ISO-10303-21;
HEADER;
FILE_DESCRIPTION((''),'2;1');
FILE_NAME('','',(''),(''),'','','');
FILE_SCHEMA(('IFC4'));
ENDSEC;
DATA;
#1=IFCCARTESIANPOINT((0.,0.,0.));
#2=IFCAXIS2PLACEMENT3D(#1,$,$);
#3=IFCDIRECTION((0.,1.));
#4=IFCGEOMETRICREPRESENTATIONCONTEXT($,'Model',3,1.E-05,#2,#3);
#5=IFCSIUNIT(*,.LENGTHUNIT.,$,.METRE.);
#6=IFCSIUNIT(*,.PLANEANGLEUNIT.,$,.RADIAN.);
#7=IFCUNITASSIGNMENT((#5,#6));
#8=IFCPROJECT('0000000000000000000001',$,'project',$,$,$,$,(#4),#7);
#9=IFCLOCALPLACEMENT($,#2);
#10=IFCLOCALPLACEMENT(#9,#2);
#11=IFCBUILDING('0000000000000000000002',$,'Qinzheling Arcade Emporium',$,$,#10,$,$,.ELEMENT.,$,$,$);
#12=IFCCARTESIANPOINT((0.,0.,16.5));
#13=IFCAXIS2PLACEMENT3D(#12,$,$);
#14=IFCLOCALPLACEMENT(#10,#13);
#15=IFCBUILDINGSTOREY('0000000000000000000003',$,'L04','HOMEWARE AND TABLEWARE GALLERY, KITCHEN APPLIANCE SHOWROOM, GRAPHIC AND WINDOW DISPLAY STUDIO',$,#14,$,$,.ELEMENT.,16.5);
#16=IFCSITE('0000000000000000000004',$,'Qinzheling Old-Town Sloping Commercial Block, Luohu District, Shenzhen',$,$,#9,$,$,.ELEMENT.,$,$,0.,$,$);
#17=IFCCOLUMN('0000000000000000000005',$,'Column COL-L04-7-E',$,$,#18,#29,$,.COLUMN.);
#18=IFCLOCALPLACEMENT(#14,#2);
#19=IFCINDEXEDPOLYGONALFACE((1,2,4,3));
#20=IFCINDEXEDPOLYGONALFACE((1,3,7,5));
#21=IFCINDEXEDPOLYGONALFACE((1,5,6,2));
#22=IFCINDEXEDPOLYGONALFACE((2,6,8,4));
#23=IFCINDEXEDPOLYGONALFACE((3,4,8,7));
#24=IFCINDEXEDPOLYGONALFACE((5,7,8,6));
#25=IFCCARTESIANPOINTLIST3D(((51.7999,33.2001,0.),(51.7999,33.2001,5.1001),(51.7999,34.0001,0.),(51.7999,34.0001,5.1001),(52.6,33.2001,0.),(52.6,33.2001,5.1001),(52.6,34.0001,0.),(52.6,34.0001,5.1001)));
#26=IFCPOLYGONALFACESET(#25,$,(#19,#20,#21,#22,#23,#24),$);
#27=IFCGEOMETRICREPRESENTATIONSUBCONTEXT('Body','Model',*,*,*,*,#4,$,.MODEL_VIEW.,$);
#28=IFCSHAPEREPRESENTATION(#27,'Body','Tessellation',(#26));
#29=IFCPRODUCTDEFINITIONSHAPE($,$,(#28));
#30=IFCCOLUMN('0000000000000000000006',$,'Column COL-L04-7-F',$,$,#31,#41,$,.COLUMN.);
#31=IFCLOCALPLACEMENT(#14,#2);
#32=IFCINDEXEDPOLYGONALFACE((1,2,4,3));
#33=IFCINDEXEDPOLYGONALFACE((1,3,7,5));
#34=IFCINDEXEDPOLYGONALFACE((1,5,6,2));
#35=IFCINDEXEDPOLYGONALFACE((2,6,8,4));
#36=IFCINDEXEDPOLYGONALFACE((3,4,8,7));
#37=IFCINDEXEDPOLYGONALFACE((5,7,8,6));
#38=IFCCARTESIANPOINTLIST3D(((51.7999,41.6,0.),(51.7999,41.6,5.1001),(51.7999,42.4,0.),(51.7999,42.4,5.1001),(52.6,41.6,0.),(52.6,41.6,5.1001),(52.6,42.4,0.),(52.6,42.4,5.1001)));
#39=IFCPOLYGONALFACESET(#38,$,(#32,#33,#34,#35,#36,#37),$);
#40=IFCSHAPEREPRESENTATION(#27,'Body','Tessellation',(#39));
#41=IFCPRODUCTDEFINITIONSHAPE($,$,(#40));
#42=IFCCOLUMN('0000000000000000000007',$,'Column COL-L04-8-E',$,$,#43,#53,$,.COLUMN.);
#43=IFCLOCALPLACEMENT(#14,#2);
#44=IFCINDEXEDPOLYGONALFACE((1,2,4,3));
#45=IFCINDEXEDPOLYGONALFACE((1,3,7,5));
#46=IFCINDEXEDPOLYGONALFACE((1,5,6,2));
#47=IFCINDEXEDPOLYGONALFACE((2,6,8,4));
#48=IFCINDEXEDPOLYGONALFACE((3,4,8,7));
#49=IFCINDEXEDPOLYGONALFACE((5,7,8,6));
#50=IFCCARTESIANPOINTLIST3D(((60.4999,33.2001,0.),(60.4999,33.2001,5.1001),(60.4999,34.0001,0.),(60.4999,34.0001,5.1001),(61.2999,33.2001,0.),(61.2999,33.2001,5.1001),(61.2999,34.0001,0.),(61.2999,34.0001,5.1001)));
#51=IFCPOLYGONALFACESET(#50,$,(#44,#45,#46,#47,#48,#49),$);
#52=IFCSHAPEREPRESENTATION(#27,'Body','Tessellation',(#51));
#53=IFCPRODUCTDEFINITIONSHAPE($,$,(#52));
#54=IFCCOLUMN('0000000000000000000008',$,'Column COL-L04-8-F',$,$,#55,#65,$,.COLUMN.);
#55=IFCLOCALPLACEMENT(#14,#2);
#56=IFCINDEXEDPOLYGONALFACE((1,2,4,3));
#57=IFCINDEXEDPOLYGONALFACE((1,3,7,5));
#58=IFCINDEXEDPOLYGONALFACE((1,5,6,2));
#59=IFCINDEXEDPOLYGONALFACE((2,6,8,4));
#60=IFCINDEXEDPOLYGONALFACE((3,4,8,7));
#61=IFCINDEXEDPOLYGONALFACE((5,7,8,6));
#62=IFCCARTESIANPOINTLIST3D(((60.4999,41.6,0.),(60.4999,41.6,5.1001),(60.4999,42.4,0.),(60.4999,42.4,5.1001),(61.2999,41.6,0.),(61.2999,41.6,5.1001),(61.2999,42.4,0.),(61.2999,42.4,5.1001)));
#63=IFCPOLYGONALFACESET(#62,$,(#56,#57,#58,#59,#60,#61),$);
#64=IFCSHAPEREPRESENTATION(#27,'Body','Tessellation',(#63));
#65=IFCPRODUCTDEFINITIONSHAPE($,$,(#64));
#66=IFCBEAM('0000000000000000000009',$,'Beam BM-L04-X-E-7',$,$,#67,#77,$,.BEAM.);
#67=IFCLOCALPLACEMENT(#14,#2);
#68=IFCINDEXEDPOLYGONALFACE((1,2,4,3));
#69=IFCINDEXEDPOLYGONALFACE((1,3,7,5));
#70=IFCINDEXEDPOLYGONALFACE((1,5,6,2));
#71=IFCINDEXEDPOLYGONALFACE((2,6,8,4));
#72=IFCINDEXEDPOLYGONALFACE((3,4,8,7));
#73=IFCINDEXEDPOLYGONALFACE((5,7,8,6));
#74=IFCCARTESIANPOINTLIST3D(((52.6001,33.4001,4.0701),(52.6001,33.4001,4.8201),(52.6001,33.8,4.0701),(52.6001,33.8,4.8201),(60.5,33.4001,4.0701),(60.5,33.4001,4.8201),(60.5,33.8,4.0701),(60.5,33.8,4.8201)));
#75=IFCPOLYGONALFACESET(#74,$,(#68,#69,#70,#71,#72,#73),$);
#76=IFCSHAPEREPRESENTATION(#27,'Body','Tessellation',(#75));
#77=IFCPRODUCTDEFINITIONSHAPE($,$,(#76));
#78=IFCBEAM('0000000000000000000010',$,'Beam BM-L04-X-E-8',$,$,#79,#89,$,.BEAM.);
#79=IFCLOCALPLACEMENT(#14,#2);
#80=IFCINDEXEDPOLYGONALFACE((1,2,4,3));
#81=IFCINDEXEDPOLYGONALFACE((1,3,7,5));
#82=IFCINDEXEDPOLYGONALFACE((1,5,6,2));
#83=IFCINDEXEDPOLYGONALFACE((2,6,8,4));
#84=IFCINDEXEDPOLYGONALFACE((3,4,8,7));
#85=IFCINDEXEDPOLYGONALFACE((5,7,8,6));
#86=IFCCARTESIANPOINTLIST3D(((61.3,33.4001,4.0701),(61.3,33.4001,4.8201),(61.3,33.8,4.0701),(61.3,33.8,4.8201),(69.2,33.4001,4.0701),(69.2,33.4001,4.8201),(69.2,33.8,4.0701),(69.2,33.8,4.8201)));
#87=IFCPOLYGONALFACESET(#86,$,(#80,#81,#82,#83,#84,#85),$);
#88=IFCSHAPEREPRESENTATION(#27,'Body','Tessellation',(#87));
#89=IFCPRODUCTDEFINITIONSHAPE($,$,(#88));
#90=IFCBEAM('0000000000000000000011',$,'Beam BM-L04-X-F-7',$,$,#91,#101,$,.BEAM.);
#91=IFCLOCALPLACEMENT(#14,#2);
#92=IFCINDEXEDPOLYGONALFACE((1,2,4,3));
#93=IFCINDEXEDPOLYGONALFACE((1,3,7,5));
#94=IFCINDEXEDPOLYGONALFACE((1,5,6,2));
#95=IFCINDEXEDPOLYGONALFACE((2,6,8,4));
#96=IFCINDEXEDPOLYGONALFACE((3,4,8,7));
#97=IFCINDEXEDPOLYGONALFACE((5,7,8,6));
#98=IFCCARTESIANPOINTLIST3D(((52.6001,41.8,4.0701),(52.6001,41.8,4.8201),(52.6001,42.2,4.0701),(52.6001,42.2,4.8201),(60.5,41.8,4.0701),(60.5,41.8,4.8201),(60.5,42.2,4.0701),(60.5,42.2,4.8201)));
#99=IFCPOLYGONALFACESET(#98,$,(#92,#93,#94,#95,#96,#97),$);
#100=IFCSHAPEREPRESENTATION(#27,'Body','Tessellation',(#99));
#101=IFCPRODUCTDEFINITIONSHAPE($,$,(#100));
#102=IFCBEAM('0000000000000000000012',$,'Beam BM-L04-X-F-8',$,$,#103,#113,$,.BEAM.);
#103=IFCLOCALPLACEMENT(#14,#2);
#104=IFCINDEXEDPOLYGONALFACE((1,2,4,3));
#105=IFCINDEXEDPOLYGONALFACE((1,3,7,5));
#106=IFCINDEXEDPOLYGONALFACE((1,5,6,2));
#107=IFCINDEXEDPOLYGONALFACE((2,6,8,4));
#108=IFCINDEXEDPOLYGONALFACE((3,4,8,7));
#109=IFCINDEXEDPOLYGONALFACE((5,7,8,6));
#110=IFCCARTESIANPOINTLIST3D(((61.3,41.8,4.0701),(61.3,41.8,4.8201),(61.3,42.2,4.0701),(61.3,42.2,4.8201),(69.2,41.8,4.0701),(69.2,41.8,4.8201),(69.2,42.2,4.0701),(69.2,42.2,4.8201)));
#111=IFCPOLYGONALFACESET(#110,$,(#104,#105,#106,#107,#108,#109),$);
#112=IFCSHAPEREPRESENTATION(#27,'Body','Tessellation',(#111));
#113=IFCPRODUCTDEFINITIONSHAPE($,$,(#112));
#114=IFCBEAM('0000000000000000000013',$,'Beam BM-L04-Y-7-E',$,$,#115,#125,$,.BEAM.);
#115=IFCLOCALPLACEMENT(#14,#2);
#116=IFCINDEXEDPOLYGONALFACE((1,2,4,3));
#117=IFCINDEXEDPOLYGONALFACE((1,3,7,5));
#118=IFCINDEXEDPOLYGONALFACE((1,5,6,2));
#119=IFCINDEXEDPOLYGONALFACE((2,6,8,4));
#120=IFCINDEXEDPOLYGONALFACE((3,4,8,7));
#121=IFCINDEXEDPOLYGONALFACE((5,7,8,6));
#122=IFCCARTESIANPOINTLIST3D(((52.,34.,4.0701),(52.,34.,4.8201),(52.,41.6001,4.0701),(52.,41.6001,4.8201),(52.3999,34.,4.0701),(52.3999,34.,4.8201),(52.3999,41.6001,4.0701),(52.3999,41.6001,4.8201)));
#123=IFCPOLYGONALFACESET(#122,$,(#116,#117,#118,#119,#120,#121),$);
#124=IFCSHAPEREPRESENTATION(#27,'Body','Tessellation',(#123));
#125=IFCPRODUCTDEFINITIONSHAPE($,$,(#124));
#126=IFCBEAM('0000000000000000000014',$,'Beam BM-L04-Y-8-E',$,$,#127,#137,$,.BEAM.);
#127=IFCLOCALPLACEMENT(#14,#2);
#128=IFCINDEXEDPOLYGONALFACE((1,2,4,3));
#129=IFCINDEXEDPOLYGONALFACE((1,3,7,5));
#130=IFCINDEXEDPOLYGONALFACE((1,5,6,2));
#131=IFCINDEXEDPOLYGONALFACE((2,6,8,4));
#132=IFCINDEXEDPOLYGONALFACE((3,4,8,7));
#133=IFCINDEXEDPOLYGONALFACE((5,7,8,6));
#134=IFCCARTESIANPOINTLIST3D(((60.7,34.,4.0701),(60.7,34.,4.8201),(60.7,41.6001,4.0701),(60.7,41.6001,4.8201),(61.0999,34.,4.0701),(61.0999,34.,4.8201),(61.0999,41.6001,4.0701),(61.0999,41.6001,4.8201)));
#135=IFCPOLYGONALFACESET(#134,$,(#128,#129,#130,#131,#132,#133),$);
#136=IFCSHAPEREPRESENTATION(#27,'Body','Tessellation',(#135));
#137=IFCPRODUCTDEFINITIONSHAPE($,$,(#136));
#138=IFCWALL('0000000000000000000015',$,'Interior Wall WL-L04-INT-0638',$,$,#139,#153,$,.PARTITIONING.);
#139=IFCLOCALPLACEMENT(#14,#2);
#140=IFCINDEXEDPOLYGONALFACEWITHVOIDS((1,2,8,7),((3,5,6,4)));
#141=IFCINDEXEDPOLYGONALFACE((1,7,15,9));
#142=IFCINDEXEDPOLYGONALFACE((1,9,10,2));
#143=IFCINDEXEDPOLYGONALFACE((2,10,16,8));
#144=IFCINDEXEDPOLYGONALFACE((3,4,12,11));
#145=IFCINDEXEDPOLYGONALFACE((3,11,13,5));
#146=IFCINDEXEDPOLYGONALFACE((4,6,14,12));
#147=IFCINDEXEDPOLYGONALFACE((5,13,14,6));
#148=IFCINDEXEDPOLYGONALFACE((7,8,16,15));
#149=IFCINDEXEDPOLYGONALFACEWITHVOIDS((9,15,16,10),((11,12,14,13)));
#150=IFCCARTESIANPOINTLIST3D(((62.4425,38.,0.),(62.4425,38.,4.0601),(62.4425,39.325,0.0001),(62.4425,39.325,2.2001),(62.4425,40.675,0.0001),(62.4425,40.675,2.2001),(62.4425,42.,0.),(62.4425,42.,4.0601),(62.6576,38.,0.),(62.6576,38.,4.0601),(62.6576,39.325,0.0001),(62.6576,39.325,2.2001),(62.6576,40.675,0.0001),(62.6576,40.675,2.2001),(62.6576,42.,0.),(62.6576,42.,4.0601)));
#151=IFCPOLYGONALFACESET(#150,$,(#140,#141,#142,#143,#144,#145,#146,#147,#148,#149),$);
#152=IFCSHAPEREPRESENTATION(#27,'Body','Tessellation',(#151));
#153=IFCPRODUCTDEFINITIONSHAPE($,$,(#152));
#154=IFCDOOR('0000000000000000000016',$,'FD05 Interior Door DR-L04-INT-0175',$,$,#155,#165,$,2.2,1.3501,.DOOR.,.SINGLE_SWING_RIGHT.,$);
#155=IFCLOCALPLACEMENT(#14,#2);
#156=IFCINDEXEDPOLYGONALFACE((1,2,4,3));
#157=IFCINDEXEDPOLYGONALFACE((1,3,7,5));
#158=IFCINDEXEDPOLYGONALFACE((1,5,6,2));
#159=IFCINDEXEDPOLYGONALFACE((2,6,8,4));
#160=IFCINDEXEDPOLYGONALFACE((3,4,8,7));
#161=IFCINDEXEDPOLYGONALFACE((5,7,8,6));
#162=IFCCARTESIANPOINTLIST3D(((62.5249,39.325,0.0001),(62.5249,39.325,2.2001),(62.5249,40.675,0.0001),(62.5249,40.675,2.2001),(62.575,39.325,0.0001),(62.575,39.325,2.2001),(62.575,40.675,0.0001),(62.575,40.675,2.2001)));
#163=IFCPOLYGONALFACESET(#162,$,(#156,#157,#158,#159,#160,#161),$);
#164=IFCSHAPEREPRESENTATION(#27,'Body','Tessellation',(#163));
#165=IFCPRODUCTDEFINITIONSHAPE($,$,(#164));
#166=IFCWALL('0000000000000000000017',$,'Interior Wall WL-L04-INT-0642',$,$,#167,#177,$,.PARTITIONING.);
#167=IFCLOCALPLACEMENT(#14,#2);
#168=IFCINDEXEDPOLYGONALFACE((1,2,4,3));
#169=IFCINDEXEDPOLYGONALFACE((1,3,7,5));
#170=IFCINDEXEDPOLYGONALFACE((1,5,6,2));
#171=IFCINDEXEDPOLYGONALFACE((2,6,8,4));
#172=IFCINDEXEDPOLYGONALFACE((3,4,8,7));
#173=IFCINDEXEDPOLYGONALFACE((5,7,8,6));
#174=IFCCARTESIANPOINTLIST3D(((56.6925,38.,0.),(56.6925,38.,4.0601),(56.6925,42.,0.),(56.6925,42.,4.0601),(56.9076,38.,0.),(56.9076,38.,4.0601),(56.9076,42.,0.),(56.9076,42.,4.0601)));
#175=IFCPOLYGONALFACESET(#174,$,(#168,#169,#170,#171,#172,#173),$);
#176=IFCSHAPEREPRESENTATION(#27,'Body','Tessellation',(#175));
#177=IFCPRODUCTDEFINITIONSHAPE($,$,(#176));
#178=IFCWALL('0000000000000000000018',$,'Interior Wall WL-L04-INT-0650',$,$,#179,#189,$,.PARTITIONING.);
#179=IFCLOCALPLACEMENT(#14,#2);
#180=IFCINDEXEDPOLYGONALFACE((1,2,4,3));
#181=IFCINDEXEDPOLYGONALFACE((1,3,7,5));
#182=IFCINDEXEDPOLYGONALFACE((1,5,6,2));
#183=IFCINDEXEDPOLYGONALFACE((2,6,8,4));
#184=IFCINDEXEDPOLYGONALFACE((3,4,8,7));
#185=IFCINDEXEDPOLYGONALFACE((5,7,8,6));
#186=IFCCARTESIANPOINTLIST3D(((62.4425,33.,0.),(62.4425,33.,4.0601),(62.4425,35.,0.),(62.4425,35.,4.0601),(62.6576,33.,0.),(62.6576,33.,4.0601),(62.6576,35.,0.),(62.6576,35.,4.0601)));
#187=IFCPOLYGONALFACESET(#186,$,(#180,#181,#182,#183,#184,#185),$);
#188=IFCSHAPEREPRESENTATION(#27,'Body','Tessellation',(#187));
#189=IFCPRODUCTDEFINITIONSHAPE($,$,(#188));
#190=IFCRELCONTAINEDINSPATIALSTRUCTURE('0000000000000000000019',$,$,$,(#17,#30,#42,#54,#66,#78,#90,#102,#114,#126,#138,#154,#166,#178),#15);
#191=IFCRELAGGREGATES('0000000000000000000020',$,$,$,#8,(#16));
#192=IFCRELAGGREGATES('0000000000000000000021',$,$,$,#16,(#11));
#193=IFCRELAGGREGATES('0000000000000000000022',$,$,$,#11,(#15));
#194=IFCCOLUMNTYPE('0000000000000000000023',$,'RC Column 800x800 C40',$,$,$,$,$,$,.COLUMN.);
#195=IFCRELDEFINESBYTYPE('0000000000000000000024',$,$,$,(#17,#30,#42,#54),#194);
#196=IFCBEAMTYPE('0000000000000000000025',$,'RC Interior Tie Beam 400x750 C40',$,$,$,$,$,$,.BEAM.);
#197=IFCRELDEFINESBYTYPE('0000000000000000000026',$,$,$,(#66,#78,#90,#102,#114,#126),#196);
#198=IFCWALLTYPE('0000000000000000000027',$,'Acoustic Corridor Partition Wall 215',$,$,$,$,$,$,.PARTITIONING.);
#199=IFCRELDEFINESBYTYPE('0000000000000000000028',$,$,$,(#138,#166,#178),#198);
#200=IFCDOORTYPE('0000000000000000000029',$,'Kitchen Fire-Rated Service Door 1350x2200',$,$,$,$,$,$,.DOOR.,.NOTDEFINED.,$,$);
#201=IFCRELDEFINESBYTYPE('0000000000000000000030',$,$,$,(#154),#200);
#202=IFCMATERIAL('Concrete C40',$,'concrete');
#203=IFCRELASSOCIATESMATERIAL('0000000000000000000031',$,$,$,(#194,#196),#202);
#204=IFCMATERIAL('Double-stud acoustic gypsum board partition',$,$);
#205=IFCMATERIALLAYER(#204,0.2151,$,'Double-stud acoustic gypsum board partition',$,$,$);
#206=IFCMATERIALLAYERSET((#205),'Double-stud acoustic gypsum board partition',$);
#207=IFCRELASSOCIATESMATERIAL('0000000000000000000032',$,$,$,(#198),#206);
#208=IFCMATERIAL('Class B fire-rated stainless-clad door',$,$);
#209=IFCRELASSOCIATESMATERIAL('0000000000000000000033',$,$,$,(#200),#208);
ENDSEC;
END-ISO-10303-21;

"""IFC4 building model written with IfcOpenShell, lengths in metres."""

from ifc_helpers import new_model, si_unit, direction, frame, frame_2d, origin, origin_2d, place, context, subcontext, project, spatial, rectangle, extrude, material, layer, layer_set, material_profile, profile_set, type_object, element, fill, save


model = new_model("IFC4")

# Units and contexts
model_context = context("Model", 3, precision=1e-05, world=origin(), true_north=direction((0.0, 1.0)))
body_context = subcontext(model_context, "Body", "Model", "MODEL_VIEW")
ifc_project = project(units=[si_unit("LENGTHUNIT", "METRE"), si_unit("PLANEANGLEUNIT", "RADIAN")], contexts=[model_context])

# Site, building, storey
site_placement = place(None, origin())
site = spatial("IfcSite", under=ifc_project, at=site_placement, Name="Qinzheling Old-Town Sloping Commercial Block, Luohu District, Shenzhen", CompositionType="ELEMENT", RefElevation=0.0)
building_placement = place(site_placement, origin())
building = spatial("IfcBuilding", under=site, at=building_placement, Name="Qinzheling Arcade Emporium", CompositionType="ELEMENT")
storey_placement = place(building_placement, frame((0.0, 0.0, 16.5)))
storey = spatial("IfcBuildingStorey", under=building, at=storey_placement, Name="L04", Description="HOMEWARE AND TABLEWARE GALLERY, KITCHEN APPLIANCE SHOWROOM, GRAPHIC AND WINDOW DISPLAY STUDIO", CompositionType="ELEMENT", Elevation=16.5)

# Columns
ifc_material_1 = material(Name="Concrete C40", Category="concrete")
ifc_material_profile_1 = material_profile(ifc_material_1, rectangle(XDim=0.8, YDim=0.8, at=origin_2d()), Name="RC 800x800", Category="concrete")
ifc_profile_set_1 = profile_set([ifc_material_profile_1], Name="Concrete C40")
column_type = type_object("IfcColumnType", Name="RC Column 800x800 C40", PredefinedType="COLUMN", material=ifc_profile_set_1)
for number, where, z_axis, x_axis, name in (
    (1, (52.2, 33.6001, 0.0), (0.0, 0.0, 1.0), (1.0, 0.0, 0.0), "Column COL-L04-7-E"),
    (2, (52.2, 42.0, 0.0), (0.0, 0.0, 1.0), (1.0, 0.0, 0.0), "Column COL-L04-7-F"),
    (3, (60.8999, 33.6001, 0.0), (0.0, 0.0, 1.0), (1.0, 0.0, 0.0), "Column COL-L04-8-E"),
    (4, (60.8999, 42.0, 0.0), (0.0, 0.0, 1.0), (1.0, 0.0, 0.0), "Column COL-L04-8-F"),
):
    element("IfcColumn", number, at=place(storey_placement, frame(where, z_axis=z_axis, x_axis=x_axis)), inside=storey, type_object=column_type, Name=name, PredefinedType="COLUMN", context=body_context, shape_type="SweptSolid", body=[
        extrude(rectangle(XDim=0.8, YDim=0.8, at=origin_2d()), origin(), (0.0, 0.0, 1.0), 5.1001),
    ])

# Beams
ifc_material_profile_2 = material_profile(ifc_material_1, rectangle(XDim=0.3999, YDim=0.75, at=origin_2d()), Name="RC 400x750", Category="concrete")
ifc_profile_set_2 = profile_set([ifc_material_profile_2], Name="Concrete C40")
beam_type = type_object("IfcBeamType", Name="RC Interior Tie Beam 400x750 C40", PredefinedType="BEAM", material=ifc_profile_set_2)
for number, where, z_axis, x_axis, name in (
    (5, (52.6001, 33.6001, 4.4451), (1.0, 0.0, 0.0), (0.0, 1.0, 0.0), "Beam BM-L04-X-E-7"),
    (6, (61.3, 33.6001, 4.4451), (1.0, 0.0, 0.0), (0.0, 1.0, 0.0), "Beam BM-L04-X-E-8"),
    (7, (52.6001, 42.0, 4.4451), (1.0, 0.0, 0.0), (0.0, 1.0, 0.0), "Beam BM-L04-X-F-7"),
    (8, (61.3, 42.0, 4.4451), (1.0, 0.0, 0.0), (0.0, 1.0, 0.0), "Beam BM-L04-X-F-8"),
):
    element("IfcBeam", number, at=place(storey_placement, frame(where, z_axis=z_axis, x_axis=x_axis)), inside=storey, type_object=beam_type, Name=name, PredefinedType="BEAM", context=body_context, shape_type="SweptSolid", body=[
        extrude(rectangle(XDim=0.3999, YDim=0.75, at=origin_2d()), origin(), (0.0, 0.0, 1.0), 7.8999),
    ])
for number, where, z_axis, x_axis, name in (
    (9, (52.2, 34.0, 4.4451), (0.0, 1.0, 0.0), (-1.0, 0.0, 0.0), "Beam BM-L04-Y-7-E"),
    (10, (60.8999, 34.0, 4.4451), (0.0, 1.0, 0.0), (-1.0, 0.0, 0.0), "Beam BM-L04-Y-8-E"),
):
    element("IfcBeam", number, at=place(storey_placement, frame(where, z_axis=z_axis, x_axis=x_axis)), inside=storey, type_object=beam_type, Name=name, PredefinedType="BEAM", context=body_context, shape_type="SweptSolid", body=[
        extrude(rectangle(XDim=0.3999, YDim=0.75, at=origin_2d()), origin(), (0.0, 0.0, 1.0), 7.6001),
    ])

# Wall, opening, door
ifc_material_2 = material(Name="Double-stud acoustic gypsum board partition")
ifc_layer_1 = layer(ifc_material_2, 0.2151, Name="Double-stud acoustic gypsum board partition")
ifc_layer_set_1 = layer_set([ifc_layer_1], Name="Double-stud acoustic gypsum board partition")
wall_type_1 = type_object("IfcWallType", Name="Acoustic Corridor Partition Wall 215", PredefinedType="PARTITIONING", material=ifc_layer_set_1)
wall_1_placement = place(storey_placement, frame((62.55, 42.0, 0.0), z_axis=(0.0, 0.0, 1.0), x_axis=(0.0, -1.0, 0.0)))
wall_1 = element("IfcWall", 11, at=wall_1_placement, inside=storey, type_object=wall_type_1, Name="Interior Wall WL-L04-INT-0638", PredefinedType="PARTITIONING", context=body_context, shape_type="SweptSolid", body=[
    extrude(rectangle(XDim=4.0, YDim=0.2151, at=frame_2d((2.0, 0.0))), origin(), (0.0, 0.0, 1.0), 4.0601),
])
opening_1_placement = place(wall_1_placement, frame((1.325, 0.0, 0.0)))
opening_1 = element("IfcOpeningElement", 12, at=opening_1_placement, cuts=wall_1, PredefinedType="OPENING", context=body_context, shape_type="SweptSolid", body=[
    extrude(rectangle(XDim=1.3501, YDim=2.2, at=frame_2d((0.675, 1.1001))), frame((0.0, 0.1177, 0.0), z_axis=(0.0, -1.0, 0.0), x_axis=(1.0, 0.0, 0.0)), (0.0, 0.0, 1.0), 0.2351),
])
ifc_material_3 = material(Name="Class B fire-rated stainless-clad door")
door_type = type_object("IfcDoorType", Name="Kitchen Fire-Rated Service Door 1350x2200", OperationType="NOTDEFINED", PredefinedType="DOOR", material=ifc_material_3)
door_1_placement = place(opening_1_placement, origin())
door_1 = element("IfcDoor", 13, at=door_1_placement, inside=storey, type_object=door_type, Name="FD05 Interior Door DR-L04-INT-0175", OperationType="SINGLE_SWING_RIGHT", OverallHeight=2.2, OverallWidth=1.3501, PredefinedType="DOOR", context=body_context, shape_type="SweptSolid", body=[
    extrude(rectangle(XDim=1.3501, YDim=2.2, at=frame_2d((0.675, 1.1001))), frame((0.0, 0.0249, 0.0), z_axis=(0.0, -1.0, 0.0), x_axis=(1.0, 0.0, 0.0)), (0.0, 0.0, 1.0), 0.05),
])
fill(opening_1, door_1)

# Walls
wall_2_placement = place(storey_placement, frame((56.8, 38.0, 0.0), z_axis=(0.0, 0.0, 1.0), x_axis=(0.0, 1.0, 0.0)))
element("IfcWall", 14, at=wall_2_placement, inside=storey, type_object=wall_type_1, Name="Interior Wall WL-L04-INT-0642", PredefinedType="PARTITIONING", context=body_context, shape_type="SweptSolid", body=[
    extrude(rectangle(XDim=4.0, YDim=0.2151, at=frame_2d((2.0, 0.0))), origin(), (0.0, 0.0, 1.0), 4.0601),
])
wall_3_placement = place(storey_placement, frame((62.55, 35.0, 0.0), z_axis=(0.0, 0.0, 1.0), x_axis=(0.0, -1.0, 0.0)))
element("IfcWall", 15, at=wall_3_placement, inside=storey, type_object=wall_type_1, Name="Interior Wall WL-L04-INT-0650", PredefinedType="PARTITIONING", context=body_context, shape_type="SweptSolid", body=[
    extrude(rectangle(XDim=2.0, YDim=0.2151, at=frame_2d((1.0, 0.0))), origin(), (0.0, 0.0, 1.0), 4.0601),
])

save(model, "model.ifc")
